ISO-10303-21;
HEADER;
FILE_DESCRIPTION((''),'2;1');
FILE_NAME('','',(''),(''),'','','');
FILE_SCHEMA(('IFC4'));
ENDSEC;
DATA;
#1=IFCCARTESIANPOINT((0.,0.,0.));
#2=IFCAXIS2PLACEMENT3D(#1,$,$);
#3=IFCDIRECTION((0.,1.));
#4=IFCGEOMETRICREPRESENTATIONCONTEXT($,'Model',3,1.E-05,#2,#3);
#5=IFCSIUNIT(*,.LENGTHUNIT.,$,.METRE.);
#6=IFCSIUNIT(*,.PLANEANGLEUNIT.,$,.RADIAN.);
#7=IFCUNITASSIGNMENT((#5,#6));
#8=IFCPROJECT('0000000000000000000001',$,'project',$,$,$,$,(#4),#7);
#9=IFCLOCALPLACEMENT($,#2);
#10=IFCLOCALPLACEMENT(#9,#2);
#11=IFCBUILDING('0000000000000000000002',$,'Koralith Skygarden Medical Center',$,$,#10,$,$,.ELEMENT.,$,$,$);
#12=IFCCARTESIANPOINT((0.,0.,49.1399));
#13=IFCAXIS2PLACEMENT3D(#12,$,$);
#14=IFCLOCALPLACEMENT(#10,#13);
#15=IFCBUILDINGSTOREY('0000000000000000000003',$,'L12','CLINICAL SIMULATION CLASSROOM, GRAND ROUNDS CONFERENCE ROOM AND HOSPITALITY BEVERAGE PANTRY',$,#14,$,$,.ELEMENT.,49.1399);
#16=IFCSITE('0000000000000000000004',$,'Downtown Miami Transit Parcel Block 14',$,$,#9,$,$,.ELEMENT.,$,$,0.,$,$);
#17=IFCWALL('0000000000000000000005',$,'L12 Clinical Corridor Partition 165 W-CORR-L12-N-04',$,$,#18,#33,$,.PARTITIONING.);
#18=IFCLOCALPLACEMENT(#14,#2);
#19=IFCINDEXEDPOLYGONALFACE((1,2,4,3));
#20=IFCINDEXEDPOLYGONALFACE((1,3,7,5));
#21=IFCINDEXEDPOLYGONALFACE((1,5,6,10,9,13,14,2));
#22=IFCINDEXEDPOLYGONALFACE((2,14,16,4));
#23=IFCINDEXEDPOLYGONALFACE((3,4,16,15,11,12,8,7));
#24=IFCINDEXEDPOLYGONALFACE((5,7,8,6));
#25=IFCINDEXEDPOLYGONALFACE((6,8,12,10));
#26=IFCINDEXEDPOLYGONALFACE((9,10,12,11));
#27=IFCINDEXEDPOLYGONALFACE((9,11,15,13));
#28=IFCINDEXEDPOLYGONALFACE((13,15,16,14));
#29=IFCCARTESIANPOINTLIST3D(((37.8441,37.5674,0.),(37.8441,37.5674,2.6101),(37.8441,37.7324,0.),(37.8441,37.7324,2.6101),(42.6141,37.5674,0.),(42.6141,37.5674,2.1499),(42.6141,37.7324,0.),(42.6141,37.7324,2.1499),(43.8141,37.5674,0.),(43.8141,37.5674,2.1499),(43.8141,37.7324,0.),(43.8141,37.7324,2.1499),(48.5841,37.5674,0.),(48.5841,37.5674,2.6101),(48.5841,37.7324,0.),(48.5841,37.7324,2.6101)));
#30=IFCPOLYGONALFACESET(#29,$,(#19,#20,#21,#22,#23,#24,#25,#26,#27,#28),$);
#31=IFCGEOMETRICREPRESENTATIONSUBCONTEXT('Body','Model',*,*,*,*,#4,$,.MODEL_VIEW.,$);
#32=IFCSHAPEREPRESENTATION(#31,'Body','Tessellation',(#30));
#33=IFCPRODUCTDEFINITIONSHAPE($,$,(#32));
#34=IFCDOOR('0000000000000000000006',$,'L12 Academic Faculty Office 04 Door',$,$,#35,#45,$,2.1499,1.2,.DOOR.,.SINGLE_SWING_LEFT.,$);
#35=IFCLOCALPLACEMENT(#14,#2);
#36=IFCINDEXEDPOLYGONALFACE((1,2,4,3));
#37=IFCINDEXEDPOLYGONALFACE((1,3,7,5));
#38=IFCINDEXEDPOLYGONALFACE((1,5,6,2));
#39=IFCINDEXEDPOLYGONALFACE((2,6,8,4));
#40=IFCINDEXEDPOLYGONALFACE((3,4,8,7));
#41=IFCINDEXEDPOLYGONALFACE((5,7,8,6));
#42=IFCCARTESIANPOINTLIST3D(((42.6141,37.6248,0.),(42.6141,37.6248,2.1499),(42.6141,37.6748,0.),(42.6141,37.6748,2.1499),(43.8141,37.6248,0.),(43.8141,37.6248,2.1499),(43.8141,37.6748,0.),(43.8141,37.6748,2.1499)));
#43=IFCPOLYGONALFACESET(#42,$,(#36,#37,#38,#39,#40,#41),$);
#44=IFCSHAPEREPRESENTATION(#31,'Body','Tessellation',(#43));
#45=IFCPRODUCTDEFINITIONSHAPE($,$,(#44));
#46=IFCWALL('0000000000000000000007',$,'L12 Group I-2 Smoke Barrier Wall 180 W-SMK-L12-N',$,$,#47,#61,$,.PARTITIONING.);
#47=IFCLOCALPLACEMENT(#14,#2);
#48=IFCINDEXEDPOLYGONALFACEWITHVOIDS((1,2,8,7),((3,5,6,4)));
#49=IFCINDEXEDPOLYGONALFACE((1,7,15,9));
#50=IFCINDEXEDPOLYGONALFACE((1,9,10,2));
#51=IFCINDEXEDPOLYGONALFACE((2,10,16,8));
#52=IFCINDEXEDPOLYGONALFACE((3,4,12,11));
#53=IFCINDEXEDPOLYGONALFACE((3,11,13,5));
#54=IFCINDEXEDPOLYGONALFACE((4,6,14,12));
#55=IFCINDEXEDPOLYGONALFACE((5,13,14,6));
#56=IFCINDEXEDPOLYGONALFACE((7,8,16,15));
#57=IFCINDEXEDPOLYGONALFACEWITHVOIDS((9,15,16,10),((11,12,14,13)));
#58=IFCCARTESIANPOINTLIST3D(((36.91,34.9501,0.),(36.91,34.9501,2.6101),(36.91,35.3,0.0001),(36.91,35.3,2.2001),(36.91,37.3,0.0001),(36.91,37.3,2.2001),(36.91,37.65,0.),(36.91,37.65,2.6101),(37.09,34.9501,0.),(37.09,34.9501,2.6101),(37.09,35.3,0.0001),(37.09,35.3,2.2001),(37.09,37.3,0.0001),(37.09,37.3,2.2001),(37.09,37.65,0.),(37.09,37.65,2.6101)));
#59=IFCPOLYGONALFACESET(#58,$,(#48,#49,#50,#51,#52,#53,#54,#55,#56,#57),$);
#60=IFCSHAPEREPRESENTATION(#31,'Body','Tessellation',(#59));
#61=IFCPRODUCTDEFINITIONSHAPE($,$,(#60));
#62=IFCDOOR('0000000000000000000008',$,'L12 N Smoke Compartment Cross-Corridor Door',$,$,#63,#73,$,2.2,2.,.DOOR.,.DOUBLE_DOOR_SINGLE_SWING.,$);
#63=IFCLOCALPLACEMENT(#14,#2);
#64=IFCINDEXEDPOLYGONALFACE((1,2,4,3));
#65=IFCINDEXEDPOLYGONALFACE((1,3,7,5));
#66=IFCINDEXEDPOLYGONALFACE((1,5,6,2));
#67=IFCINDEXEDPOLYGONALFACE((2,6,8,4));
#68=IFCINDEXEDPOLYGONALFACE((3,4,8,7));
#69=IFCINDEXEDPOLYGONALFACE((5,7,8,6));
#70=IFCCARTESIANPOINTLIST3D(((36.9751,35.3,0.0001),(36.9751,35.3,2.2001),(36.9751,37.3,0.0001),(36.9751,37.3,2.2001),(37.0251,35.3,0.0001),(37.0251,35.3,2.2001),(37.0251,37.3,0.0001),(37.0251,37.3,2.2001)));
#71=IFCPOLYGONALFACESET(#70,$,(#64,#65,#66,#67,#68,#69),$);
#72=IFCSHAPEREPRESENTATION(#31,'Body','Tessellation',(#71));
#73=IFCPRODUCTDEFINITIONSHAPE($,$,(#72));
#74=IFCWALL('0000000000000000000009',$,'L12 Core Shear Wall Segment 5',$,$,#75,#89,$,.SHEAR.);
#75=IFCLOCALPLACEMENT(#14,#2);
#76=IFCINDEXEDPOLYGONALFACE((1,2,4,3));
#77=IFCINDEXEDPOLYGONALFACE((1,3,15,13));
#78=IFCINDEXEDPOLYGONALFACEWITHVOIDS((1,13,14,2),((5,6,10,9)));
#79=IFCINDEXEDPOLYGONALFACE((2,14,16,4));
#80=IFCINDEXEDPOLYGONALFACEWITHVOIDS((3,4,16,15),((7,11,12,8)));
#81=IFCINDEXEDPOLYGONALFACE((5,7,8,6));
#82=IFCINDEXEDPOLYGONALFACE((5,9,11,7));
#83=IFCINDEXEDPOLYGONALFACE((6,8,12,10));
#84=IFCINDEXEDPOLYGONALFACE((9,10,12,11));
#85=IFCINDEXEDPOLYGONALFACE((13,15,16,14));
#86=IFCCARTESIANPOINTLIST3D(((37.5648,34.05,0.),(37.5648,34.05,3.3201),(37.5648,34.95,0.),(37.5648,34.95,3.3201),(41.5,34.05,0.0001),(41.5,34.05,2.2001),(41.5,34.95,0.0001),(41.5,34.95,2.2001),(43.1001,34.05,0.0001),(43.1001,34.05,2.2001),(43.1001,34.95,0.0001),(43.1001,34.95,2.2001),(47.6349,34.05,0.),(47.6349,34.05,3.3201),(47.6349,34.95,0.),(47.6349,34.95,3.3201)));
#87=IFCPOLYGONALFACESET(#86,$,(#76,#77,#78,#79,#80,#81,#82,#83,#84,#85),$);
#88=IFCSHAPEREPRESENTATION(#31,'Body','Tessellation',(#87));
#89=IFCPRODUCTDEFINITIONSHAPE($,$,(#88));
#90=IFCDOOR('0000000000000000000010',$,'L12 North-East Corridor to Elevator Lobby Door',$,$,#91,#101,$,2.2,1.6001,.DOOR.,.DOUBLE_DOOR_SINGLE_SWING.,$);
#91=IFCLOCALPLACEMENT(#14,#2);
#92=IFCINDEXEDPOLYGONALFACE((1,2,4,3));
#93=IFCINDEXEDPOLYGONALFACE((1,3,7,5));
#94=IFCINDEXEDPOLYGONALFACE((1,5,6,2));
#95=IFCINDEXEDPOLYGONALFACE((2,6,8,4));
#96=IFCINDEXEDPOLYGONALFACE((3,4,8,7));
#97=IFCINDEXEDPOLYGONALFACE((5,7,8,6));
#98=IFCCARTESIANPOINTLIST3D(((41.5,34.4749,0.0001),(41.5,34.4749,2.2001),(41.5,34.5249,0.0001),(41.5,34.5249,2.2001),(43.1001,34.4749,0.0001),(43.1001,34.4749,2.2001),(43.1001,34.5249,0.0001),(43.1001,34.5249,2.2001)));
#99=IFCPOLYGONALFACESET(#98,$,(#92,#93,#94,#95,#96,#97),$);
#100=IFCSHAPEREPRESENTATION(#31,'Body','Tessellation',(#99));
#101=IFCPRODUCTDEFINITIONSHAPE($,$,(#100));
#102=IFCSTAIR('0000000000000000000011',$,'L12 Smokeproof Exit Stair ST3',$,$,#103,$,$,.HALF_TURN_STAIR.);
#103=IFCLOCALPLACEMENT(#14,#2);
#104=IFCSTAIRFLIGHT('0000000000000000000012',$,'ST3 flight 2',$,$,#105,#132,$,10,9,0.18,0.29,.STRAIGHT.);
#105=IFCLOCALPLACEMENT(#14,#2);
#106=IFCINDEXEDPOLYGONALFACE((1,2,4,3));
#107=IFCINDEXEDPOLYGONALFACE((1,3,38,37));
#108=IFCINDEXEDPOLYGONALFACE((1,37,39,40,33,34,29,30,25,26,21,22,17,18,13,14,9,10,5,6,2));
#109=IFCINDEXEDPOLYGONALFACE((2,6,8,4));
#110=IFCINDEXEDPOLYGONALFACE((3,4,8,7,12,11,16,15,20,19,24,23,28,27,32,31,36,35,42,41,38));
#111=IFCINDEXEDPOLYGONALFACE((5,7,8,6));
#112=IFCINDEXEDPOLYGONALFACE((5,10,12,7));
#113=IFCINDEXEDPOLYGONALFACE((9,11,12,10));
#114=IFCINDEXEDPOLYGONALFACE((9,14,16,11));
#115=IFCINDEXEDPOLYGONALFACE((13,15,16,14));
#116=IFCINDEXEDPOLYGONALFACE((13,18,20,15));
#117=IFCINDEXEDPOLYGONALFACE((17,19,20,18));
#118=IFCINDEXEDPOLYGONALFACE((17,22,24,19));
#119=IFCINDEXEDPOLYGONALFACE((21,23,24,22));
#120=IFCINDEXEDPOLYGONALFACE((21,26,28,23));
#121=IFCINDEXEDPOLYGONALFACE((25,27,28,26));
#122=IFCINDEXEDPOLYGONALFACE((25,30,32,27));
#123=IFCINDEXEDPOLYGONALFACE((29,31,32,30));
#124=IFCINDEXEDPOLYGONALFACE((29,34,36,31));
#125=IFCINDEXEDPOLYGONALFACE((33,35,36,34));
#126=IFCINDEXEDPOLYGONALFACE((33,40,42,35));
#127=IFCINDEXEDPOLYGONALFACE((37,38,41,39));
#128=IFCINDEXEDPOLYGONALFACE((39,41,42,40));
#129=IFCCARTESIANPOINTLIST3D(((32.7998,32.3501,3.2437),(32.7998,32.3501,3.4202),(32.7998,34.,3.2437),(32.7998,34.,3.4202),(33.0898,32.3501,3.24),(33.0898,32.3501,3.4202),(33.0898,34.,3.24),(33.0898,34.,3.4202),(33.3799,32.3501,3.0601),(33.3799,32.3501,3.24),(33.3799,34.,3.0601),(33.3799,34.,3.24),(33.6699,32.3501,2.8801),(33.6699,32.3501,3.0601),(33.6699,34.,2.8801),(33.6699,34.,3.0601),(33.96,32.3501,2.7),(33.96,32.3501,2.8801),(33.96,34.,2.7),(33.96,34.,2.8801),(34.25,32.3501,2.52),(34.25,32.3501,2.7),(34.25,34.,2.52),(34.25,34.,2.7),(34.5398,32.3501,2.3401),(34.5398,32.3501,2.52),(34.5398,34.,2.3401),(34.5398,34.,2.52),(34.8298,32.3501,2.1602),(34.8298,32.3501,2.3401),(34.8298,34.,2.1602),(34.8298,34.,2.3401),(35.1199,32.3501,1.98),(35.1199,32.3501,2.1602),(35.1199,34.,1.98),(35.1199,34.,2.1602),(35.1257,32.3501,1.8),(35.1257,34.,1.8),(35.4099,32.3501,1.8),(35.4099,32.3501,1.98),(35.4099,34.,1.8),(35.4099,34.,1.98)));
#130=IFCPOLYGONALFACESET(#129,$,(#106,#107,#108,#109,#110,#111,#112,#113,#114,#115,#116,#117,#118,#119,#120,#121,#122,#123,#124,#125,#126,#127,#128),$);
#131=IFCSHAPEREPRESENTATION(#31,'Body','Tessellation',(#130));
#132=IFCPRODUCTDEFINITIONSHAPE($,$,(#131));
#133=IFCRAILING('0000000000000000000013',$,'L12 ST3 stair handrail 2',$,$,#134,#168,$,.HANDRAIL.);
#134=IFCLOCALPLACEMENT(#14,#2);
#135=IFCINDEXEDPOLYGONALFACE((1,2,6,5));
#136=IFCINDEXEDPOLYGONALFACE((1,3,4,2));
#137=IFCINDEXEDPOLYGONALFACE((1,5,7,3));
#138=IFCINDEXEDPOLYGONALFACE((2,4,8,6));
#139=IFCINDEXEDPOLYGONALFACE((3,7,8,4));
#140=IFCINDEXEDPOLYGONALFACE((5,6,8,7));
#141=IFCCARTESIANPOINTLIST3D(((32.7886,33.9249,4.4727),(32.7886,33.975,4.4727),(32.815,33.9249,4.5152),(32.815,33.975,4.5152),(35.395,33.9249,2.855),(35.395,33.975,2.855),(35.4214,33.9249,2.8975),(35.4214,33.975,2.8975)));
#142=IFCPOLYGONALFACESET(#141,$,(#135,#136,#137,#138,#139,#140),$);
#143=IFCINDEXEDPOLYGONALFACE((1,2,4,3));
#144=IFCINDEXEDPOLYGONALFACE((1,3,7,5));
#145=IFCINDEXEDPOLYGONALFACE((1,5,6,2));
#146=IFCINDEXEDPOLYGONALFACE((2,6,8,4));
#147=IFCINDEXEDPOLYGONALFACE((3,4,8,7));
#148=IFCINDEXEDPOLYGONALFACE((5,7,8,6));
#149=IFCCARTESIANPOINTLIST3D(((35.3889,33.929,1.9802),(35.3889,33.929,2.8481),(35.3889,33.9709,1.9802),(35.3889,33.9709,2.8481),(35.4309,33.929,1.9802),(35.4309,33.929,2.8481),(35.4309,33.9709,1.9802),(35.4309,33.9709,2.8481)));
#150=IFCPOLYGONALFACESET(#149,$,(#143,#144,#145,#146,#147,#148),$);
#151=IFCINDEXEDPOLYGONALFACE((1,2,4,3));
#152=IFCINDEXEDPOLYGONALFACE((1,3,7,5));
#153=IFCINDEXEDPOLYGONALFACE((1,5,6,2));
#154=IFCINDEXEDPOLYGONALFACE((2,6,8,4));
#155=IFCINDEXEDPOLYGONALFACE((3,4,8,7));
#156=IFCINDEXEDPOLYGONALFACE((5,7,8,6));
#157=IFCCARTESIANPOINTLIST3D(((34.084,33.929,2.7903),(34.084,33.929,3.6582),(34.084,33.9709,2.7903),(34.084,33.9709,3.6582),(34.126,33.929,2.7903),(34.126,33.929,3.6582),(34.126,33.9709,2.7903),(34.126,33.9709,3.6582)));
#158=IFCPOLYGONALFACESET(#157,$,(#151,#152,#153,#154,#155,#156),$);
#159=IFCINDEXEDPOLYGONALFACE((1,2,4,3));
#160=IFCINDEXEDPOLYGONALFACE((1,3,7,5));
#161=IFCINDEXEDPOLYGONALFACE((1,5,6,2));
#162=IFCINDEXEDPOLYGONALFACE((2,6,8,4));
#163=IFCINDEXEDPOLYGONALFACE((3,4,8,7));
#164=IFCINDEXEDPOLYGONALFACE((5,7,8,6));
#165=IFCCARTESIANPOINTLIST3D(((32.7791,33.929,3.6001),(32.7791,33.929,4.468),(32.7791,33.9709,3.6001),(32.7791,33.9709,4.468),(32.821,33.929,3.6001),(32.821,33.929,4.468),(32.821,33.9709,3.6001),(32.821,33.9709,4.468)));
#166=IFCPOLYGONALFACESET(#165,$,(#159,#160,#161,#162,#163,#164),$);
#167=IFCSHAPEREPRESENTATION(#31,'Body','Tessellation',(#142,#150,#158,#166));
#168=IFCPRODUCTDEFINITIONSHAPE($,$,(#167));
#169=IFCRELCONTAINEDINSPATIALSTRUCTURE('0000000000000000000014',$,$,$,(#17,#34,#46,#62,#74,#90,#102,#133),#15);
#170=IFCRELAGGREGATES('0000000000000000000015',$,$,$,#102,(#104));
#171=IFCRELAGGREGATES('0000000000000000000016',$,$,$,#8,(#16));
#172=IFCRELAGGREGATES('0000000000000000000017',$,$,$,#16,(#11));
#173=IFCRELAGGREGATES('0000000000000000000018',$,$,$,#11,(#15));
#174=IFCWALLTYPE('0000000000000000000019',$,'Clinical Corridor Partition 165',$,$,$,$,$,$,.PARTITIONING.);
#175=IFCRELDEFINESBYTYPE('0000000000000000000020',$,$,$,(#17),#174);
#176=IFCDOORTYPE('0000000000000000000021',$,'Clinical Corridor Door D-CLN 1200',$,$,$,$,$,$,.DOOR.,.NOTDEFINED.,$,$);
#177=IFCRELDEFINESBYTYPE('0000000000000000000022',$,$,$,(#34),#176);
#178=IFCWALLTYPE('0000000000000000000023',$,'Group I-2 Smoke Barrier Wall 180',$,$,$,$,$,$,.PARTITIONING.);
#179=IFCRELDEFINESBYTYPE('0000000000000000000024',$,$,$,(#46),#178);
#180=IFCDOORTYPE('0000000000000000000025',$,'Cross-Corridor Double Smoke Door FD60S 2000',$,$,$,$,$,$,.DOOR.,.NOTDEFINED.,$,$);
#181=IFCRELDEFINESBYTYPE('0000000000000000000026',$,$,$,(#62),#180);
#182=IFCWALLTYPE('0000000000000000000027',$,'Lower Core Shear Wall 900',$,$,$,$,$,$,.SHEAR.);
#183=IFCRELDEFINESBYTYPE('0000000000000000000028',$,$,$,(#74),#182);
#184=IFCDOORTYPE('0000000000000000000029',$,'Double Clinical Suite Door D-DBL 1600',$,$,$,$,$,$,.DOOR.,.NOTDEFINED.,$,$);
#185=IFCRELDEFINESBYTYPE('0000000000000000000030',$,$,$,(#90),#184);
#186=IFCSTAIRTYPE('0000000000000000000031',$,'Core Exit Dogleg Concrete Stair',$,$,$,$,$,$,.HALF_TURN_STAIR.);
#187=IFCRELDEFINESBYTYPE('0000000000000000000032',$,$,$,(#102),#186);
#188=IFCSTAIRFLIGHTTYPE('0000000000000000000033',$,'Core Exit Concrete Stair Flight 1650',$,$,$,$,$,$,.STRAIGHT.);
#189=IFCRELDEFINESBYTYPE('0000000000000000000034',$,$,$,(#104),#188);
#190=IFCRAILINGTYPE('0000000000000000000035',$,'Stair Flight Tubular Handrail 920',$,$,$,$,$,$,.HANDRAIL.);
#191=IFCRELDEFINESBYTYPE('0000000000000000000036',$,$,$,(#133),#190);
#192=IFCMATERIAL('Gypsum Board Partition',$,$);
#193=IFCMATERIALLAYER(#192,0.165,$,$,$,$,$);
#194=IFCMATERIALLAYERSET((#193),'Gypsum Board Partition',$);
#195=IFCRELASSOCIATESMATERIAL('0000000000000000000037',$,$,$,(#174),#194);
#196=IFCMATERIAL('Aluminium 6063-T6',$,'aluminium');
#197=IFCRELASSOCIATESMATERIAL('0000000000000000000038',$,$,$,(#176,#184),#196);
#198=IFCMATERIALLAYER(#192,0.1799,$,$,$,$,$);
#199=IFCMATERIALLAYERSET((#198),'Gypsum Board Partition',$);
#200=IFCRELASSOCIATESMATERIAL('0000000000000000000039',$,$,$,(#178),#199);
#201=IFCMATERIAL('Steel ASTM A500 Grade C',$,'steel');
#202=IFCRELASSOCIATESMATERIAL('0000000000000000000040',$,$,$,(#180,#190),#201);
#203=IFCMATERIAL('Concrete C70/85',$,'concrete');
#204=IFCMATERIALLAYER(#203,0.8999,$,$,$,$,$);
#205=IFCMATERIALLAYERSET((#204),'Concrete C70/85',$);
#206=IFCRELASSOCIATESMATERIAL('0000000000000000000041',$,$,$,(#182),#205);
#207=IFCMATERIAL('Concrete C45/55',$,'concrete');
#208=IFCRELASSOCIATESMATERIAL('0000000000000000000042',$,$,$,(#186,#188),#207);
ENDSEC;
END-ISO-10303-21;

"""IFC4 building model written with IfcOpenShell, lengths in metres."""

from ifc_helpers import new_model, si_unit, direction, frame, frame_2d, origin, origin_2d, place, context, subcontext, project, spatial, polyline, rectangle, outline, extrude, material, layer, layer_set, type_object, element, fill, aggregate, save


model = new_model("IFC4")

# Units and contexts
model_context = context("Model", 3, precision=1e-05, world=origin(), true_north=direction((0.0, 1.0)))
body_context = subcontext(model_context, "Body", "Model", "MODEL_VIEW")
ifc_project = project(units=[si_unit("LENGTHUNIT", "METRE"), si_unit("PLANEANGLEUNIT", "RADIAN")], contexts=[model_context])

# Site, building, storey
site_placement = place(None, origin())
site = spatial("IfcSite", under=ifc_project, at=site_placement, Name="Downtown Miami Transit Parcel Block 14", CompositionType="ELEMENT", RefElevation=0.0)
building_placement = place(site_placement, origin())
building = spatial("IfcBuilding", under=site, at=building_placement, Name="Koralith Skygarden Medical Center", CompositionType="ELEMENT")
storey_placement = place(building_placement, frame((0.0, 0.0, 49.1399)))
storey = spatial("IfcBuildingStorey", under=building, at=storey_placement, Name="L12", Description="CLINICAL SIMULATION CLASSROOM, GRAND ROUNDS CONFERENCE ROOM AND HOSPITALITY BEVERAGE PANTRY", CompositionType="ELEMENT", Elevation=49.1399)

# Shared definitions
ifc_material_1 = material(Name="Concrete C70/85", Category="concrete")

# Shared definitions
ifc_material_2 = material(Name="Aluminium 6063-T6", Category="aluminium")

# Shared definitions
ifc_material_3 = material(Name="Concrete C45/55", Category="concrete")

# Shared definitions
ifc_material_4 = material(Name="Gypsum Board Partition")

# Walls, openings, doors
ifc_layer_1 = layer(ifc_material_4, 0.165)
ifc_layer_set_1 = layer_set([ifc_layer_1], Name="Gypsum Board Partition")
wall_type_1 = type_object("IfcWallType", Name="Clinical Corridor Partition 165", PredefinedType="PARTITIONING", material=ifc_layer_set_1)
wall_1_placement = place(storey_placement, frame((37.844, 37.6499, 0.0), z_axis=(0.0, 0.0, 1.0), x_axis=(1.0, 0.0, 0.0)))
wall_1 = element("IfcWall", 1, at=wall_1_placement, inside=storey, type_object=wall_type_1, Name="L12 Clinical Corridor Partition 165 W-CORR-L12-N-04", PredefinedType="PARTITIONING", context=body_context, shape_type="SweptSolid", body=[
    extrude(rectangle(XDim=10.74, YDim=0.165, at=frame_2d((5.3701, 0.0))), origin(), (0.0, 0.0, 1.0), 2.6101),
])
opening_1_placement = place(wall_1_placement, frame((4.77, 0.0, 0.0)))
opening_1 = element("IfcOpeningElement", 2, at=opening_1_placement, cuts=wall_1, PredefinedType="OPENING", context=body_context, shape_type="SweptSolid", body=[
    extrude(rectangle(XDim=1.2, YDim=2.1499, at=frame_2d((0.6001, 1.075))), frame((0.0, 0.0925, 0.0), z_axis=(0.0, -1.0, 0.0), x_axis=(1.0, 0.0, 0.0)), (0.0, 0.0, 1.0), 0.1851),
])
door_type_1 = type_object("IfcDoorType", Name="Clinical Corridor Door D-CLN 1200", OperationType="NOTDEFINED", PredefinedType="DOOR", material=ifc_material_2)
door_1_placement = place(opening_1_placement, origin())
door_1 = element("IfcDoor", 3, at=door_1_placement, inside=storey, type_object=door_type_1, Name="L12 Academic Faculty Office 04 Door", OperationType="SINGLE_SWING_LEFT", OverallHeight=2.1499, OverallWidth=1.2, PredefinedType="DOOR", context=body_context, shape_type="SweptSolid", body=[
    extrude(rectangle(XDim=1.2, YDim=2.1499, at=frame_2d((0.6001, 1.075))), frame((0.0, 0.0249, 0.0), z_axis=(0.0, -1.0, 0.0), x_axis=(1.0, 0.0, 0.0)), (0.0, 0.0, 1.0), 0.05),
])
fill(opening_1, door_1)
ifc_layer_2 = layer(ifc_material_4, 0.1799)
ifc_layer_set_2 = layer_set([ifc_layer_2], Name="Gypsum Board Partition")
wall_type_2 = type_object("IfcWallType", Name="Group I-2 Smoke Barrier Wall 180", PredefinedType="PARTITIONING", material=ifc_layer_set_2)
wall_2_placement = place(storey_placement, frame((37.0, 34.95, 0.0), z_axis=(0.0, 0.0, 1.0), x_axis=(0.0, 1.0, 0.0)))
wall_2 = element("IfcWall", 4, at=wall_2_placement, inside=storey, type_object=wall_type_2, Name="L12 Group I-2 Smoke Barrier Wall 180 W-SMK-L12-N", PredefinedType="PARTITIONING", context=body_context, shape_type="SweptSolid", body=[
    extrude(rectangle(XDim=2.7, YDim=0.1799, at=frame_2d((1.3501, 0.0))), origin(), (0.0, 0.0, 1.0), 2.6101),
])
opening_2_placement = place(wall_2_placement, frame((0.3501, 0.0, 0.0)))
opening_2 = element("IfcOpeningElement", 5, at=opening_2_placement, cuts=wall_2, PredefinedType="OPENING", context=body_context, shape_type="SweptSolid", body=[
    extrude(rectangle(XDim=2.0, YDim=2.2, at=frame_2d((1.0, 1.1001))), frame((0.0, 0.0999, 0.0), z_axis=(0.0, -1.0, 0.0), x_axis=(1.0, 0.0, 0.0)), (0.0, 0.0, 1.0), 0.2),
])
ifc_material_5 = material(Name="Steel ASTM A500 Grade C", Category="steel")
door_type_2 = type_object("IfcDoorType", Name="Cross-Corridor Double Smoke Door FD60S 2000", OperationType="NOTDEFINED", PredefinedType="DOOR", material=ifc_material_5)
door_2_placement = place(opening_2_placement, origin())
door_2 = element("IfcDoor", 6, at=door_2_placement, inside=storey, type_object=door_type_2, Name="L12 N Smoke Compartment Cross-Corridor Door", OperationType="DOUBLE_DOOR_SINGLE_SWING", OverallHeight=2.2, OverallWidth=2.0, PredefinedType="DOOR", context=body_context, shape_type="SweptSolid", body=[
    extrude(rectangle(XDim=2.0, YDim=2.2, at=frame_2d((1.0, 1.1001))), frame((0.0, 0.0249, 0.0), z_axis=(0.0, -1.0, 0.0), x_axis=(1.0, 0.0, 0.0)), (0.0, 0.0, 1.0), 0.05),
])
fill(opening_2, door_2)
ifc_layer_3 = layer(ifc_material_1, 0.8999)
ifc_layer_set_3 = layer_set([ifc_layer_3], Name="Concrete C70/85")
wall_type_3 = type_object("IfcWallType", Name="Lower Core Shear Wall 900", PredefinedType="SHEAR", material=ifc_layer_set_3)
wall_3_placement = place(storey_placement, frame((47.635, 34.5, 0.0), z_axis=(0.0, 0.0, 1.0), x_axis=(-1.0, 0.0, 0.0)))
wall_3 = element("IfcWall", 7, at=wall_3_placement, inside=storey, type_object=wall_type_3, Name="L12 Core Shear Wall Segment 5", PredefinedType="SHEAR", context=body_context, shape_type="SweptSolid", body=[
    extrude(rectangle(XDim=10.0701, YDim=0.8999, at=frame_2d((5.0352, 0.0))), origin(), (0.0, 0.0, 1.0), 3.3201),
])
opening_3_placement = place(wall_3_placement, frame((4.5349, 0.0, 0.0)))
opening_3 = element("IfcOpeningElement", 8, at=opening_3_placement, cuts=wall_3, PredefinedType="OPENING", context=body_context, shape_type="SweptSolid", body=[
    extrude(rectangle(XDim=1.6001, YDim=2.2, at=frame_2d((0.8, 1.1001))), frame((0.0, 0.46, 0.0), z_axis=(0.0, -1.0, 0.0), x_axis=(1.0, 0.0, 0.0)), (0.0, 0.0, 1.0), 0.9199),
])
door_type_3 = type_object("IfcDoorType", Name="Double Clinical Suite Door D-DBL 1600", OperationType="NOTDEFINED", PredefinedType="DOOR", material=ifc_material_2)
door_3_placement = place(opening_3_placement, frame((1.6001, 0.0, 0.0), z_axis=(0.0, 0.0, 1.0), x_axis=(-1.0, 0.0, 0.0)))
door_3 = element("IfcDoor", 9, at=door_3_placement, inside=storey, type_object=door_type_3, Name="L12 North-East Corridor to Elevator Lobby Door", OperationType="DOUBLE_DOOR_SINGLE_SWING", OverallHeight=2.2, OverallWidth=1.6001, PredefinedType="DOOR", context=body_context, shape_type="SweptSolid", body=[
    extrude(rectangle(XDim=1.6001, YDim=2.2, at=frame_2d((0.8, 1.1001))), frame((0.0, 0.0249, 0.0), z_axis=(0.0, -1.0, 0.0), x_axis=(1.0, 0.0, 0.0)), (0.0, 0.0, 1.0), 0.05),
])
fill(opening_3, door_3)

# Stair, stair flight
stair_type = type_object("IfcStairType", Name="Core Exit Dogleg Concrete Stair", PredefinedType="HALF_TURN_STAIR", material=ifc_material_3)
stair_placement = place(storey_placement, origin())
stair = element("IfcStair", 10, at=stair_placement, inside=storey, type_object=stair_type, Name="L12 Smokeproof Exit Stair ST3", PredefinedType="HALF_TURN_STAIR")
stair_flight_type = type_object("IfcStairFlightType", Name="Core Exit Concrete Stair Flight 1650", PredefinedType="STRAIGHT", material=ifc_material_3)
stair_flight_placement = place(storey_placement, frame((35.4099, 33.175, 1.8), z_axis=(0.0, 0.0, 1.0), x_axis=(-1.0, 0.0, 0.0)))
stair_flight = element("IfcStairFlight", 11, at=stair_flight_placement, type_object=stair_flight_type, Name="ST3 flight 2", NumberOfRisers=10, NumberOfTreads=9, PredefinedType="STRAIGHT", RiserHeight=0.18, TreadLength=0.29, context=body_context, shape_type="SweptSolid", body=[
    extrude(outline(polyline([(0.0, 0.0), (0.0, 0.1799), (0.29, 0.1799), (0.29, 0.3601), (0.5801, 0.3601), (0.5801, 0.54), (0.8701, 0.54), (0.8701, 0.72), (1.1599, 0.72), (1.1599, 0.8999), (1.45, 0.8999), (1.45, 1.0801), (1.74, 1.0801), (1.74, 1.26), (2.03, 1.26), (2.03, 1.4399), (2.3201, 1.4399), (2.3201, 1.6201), (2.6101, 1.6201), (2.6101, 1.8), (2.6101, 1.4436), (0.2842, 0.0), (0.0, 0.0)])), frame((0.0, 0.825, 0.0), z_axis=(0.0, -1.0, 0.0), x_axis=(1.0, 0.0, 0.0)), (0.0, 0.0, 1.0), 1.6499),
])
aggregate(stair, [stair_flight])

# Railing
railing_type = type_object("IfcRailingType", Name="Stair Flight Tubular Handrail 920", PredefinedType="HANDRAIL", material=ifc_material_5)
railing_placement = place(storey_placement, frame((35.4099, 33.95, 1.9802)))
element("IfcRailing", 12, at=railing_placement, inside=storey, type_object=railing_type, Name="L12 ST3 stair handrail 2", PredefinedType="HANDRAIL", context=body_context, shape_type="SweptSolid", body=[
    extrude(rectangle(XDim=0.05, YDim=0.05, at=origin_2d()), frame((-0.0017, 0.0, 0.896), z_axis=(-0.849646, 0.0, 0.527353), x_axis=(0.0, -1.0, 0.0)), (0.0, 0.0, 1.0), 3.0676),
    extrude(rectangle(XDim=0.042, YDim=0.042, at=origin_2d()), origin(), (0.0, 0.0, 1.0), 0.8679),
    extrude(rectangle(XDim=0.042, YDim=0.042, at=origin_2d()), frame((-1.3049, 0.0, 0.8101)), (0.0, 0.0, 1.0), 0.8679),
    extrude(rectangle(XDim=0.042, YDim=0.042, at=origin_2d()), frame((-2.6099, 0.0, 1.6199)), (0.0, 0.0, 1.0), 0.8679),
])

save(model, "model.ifc")
